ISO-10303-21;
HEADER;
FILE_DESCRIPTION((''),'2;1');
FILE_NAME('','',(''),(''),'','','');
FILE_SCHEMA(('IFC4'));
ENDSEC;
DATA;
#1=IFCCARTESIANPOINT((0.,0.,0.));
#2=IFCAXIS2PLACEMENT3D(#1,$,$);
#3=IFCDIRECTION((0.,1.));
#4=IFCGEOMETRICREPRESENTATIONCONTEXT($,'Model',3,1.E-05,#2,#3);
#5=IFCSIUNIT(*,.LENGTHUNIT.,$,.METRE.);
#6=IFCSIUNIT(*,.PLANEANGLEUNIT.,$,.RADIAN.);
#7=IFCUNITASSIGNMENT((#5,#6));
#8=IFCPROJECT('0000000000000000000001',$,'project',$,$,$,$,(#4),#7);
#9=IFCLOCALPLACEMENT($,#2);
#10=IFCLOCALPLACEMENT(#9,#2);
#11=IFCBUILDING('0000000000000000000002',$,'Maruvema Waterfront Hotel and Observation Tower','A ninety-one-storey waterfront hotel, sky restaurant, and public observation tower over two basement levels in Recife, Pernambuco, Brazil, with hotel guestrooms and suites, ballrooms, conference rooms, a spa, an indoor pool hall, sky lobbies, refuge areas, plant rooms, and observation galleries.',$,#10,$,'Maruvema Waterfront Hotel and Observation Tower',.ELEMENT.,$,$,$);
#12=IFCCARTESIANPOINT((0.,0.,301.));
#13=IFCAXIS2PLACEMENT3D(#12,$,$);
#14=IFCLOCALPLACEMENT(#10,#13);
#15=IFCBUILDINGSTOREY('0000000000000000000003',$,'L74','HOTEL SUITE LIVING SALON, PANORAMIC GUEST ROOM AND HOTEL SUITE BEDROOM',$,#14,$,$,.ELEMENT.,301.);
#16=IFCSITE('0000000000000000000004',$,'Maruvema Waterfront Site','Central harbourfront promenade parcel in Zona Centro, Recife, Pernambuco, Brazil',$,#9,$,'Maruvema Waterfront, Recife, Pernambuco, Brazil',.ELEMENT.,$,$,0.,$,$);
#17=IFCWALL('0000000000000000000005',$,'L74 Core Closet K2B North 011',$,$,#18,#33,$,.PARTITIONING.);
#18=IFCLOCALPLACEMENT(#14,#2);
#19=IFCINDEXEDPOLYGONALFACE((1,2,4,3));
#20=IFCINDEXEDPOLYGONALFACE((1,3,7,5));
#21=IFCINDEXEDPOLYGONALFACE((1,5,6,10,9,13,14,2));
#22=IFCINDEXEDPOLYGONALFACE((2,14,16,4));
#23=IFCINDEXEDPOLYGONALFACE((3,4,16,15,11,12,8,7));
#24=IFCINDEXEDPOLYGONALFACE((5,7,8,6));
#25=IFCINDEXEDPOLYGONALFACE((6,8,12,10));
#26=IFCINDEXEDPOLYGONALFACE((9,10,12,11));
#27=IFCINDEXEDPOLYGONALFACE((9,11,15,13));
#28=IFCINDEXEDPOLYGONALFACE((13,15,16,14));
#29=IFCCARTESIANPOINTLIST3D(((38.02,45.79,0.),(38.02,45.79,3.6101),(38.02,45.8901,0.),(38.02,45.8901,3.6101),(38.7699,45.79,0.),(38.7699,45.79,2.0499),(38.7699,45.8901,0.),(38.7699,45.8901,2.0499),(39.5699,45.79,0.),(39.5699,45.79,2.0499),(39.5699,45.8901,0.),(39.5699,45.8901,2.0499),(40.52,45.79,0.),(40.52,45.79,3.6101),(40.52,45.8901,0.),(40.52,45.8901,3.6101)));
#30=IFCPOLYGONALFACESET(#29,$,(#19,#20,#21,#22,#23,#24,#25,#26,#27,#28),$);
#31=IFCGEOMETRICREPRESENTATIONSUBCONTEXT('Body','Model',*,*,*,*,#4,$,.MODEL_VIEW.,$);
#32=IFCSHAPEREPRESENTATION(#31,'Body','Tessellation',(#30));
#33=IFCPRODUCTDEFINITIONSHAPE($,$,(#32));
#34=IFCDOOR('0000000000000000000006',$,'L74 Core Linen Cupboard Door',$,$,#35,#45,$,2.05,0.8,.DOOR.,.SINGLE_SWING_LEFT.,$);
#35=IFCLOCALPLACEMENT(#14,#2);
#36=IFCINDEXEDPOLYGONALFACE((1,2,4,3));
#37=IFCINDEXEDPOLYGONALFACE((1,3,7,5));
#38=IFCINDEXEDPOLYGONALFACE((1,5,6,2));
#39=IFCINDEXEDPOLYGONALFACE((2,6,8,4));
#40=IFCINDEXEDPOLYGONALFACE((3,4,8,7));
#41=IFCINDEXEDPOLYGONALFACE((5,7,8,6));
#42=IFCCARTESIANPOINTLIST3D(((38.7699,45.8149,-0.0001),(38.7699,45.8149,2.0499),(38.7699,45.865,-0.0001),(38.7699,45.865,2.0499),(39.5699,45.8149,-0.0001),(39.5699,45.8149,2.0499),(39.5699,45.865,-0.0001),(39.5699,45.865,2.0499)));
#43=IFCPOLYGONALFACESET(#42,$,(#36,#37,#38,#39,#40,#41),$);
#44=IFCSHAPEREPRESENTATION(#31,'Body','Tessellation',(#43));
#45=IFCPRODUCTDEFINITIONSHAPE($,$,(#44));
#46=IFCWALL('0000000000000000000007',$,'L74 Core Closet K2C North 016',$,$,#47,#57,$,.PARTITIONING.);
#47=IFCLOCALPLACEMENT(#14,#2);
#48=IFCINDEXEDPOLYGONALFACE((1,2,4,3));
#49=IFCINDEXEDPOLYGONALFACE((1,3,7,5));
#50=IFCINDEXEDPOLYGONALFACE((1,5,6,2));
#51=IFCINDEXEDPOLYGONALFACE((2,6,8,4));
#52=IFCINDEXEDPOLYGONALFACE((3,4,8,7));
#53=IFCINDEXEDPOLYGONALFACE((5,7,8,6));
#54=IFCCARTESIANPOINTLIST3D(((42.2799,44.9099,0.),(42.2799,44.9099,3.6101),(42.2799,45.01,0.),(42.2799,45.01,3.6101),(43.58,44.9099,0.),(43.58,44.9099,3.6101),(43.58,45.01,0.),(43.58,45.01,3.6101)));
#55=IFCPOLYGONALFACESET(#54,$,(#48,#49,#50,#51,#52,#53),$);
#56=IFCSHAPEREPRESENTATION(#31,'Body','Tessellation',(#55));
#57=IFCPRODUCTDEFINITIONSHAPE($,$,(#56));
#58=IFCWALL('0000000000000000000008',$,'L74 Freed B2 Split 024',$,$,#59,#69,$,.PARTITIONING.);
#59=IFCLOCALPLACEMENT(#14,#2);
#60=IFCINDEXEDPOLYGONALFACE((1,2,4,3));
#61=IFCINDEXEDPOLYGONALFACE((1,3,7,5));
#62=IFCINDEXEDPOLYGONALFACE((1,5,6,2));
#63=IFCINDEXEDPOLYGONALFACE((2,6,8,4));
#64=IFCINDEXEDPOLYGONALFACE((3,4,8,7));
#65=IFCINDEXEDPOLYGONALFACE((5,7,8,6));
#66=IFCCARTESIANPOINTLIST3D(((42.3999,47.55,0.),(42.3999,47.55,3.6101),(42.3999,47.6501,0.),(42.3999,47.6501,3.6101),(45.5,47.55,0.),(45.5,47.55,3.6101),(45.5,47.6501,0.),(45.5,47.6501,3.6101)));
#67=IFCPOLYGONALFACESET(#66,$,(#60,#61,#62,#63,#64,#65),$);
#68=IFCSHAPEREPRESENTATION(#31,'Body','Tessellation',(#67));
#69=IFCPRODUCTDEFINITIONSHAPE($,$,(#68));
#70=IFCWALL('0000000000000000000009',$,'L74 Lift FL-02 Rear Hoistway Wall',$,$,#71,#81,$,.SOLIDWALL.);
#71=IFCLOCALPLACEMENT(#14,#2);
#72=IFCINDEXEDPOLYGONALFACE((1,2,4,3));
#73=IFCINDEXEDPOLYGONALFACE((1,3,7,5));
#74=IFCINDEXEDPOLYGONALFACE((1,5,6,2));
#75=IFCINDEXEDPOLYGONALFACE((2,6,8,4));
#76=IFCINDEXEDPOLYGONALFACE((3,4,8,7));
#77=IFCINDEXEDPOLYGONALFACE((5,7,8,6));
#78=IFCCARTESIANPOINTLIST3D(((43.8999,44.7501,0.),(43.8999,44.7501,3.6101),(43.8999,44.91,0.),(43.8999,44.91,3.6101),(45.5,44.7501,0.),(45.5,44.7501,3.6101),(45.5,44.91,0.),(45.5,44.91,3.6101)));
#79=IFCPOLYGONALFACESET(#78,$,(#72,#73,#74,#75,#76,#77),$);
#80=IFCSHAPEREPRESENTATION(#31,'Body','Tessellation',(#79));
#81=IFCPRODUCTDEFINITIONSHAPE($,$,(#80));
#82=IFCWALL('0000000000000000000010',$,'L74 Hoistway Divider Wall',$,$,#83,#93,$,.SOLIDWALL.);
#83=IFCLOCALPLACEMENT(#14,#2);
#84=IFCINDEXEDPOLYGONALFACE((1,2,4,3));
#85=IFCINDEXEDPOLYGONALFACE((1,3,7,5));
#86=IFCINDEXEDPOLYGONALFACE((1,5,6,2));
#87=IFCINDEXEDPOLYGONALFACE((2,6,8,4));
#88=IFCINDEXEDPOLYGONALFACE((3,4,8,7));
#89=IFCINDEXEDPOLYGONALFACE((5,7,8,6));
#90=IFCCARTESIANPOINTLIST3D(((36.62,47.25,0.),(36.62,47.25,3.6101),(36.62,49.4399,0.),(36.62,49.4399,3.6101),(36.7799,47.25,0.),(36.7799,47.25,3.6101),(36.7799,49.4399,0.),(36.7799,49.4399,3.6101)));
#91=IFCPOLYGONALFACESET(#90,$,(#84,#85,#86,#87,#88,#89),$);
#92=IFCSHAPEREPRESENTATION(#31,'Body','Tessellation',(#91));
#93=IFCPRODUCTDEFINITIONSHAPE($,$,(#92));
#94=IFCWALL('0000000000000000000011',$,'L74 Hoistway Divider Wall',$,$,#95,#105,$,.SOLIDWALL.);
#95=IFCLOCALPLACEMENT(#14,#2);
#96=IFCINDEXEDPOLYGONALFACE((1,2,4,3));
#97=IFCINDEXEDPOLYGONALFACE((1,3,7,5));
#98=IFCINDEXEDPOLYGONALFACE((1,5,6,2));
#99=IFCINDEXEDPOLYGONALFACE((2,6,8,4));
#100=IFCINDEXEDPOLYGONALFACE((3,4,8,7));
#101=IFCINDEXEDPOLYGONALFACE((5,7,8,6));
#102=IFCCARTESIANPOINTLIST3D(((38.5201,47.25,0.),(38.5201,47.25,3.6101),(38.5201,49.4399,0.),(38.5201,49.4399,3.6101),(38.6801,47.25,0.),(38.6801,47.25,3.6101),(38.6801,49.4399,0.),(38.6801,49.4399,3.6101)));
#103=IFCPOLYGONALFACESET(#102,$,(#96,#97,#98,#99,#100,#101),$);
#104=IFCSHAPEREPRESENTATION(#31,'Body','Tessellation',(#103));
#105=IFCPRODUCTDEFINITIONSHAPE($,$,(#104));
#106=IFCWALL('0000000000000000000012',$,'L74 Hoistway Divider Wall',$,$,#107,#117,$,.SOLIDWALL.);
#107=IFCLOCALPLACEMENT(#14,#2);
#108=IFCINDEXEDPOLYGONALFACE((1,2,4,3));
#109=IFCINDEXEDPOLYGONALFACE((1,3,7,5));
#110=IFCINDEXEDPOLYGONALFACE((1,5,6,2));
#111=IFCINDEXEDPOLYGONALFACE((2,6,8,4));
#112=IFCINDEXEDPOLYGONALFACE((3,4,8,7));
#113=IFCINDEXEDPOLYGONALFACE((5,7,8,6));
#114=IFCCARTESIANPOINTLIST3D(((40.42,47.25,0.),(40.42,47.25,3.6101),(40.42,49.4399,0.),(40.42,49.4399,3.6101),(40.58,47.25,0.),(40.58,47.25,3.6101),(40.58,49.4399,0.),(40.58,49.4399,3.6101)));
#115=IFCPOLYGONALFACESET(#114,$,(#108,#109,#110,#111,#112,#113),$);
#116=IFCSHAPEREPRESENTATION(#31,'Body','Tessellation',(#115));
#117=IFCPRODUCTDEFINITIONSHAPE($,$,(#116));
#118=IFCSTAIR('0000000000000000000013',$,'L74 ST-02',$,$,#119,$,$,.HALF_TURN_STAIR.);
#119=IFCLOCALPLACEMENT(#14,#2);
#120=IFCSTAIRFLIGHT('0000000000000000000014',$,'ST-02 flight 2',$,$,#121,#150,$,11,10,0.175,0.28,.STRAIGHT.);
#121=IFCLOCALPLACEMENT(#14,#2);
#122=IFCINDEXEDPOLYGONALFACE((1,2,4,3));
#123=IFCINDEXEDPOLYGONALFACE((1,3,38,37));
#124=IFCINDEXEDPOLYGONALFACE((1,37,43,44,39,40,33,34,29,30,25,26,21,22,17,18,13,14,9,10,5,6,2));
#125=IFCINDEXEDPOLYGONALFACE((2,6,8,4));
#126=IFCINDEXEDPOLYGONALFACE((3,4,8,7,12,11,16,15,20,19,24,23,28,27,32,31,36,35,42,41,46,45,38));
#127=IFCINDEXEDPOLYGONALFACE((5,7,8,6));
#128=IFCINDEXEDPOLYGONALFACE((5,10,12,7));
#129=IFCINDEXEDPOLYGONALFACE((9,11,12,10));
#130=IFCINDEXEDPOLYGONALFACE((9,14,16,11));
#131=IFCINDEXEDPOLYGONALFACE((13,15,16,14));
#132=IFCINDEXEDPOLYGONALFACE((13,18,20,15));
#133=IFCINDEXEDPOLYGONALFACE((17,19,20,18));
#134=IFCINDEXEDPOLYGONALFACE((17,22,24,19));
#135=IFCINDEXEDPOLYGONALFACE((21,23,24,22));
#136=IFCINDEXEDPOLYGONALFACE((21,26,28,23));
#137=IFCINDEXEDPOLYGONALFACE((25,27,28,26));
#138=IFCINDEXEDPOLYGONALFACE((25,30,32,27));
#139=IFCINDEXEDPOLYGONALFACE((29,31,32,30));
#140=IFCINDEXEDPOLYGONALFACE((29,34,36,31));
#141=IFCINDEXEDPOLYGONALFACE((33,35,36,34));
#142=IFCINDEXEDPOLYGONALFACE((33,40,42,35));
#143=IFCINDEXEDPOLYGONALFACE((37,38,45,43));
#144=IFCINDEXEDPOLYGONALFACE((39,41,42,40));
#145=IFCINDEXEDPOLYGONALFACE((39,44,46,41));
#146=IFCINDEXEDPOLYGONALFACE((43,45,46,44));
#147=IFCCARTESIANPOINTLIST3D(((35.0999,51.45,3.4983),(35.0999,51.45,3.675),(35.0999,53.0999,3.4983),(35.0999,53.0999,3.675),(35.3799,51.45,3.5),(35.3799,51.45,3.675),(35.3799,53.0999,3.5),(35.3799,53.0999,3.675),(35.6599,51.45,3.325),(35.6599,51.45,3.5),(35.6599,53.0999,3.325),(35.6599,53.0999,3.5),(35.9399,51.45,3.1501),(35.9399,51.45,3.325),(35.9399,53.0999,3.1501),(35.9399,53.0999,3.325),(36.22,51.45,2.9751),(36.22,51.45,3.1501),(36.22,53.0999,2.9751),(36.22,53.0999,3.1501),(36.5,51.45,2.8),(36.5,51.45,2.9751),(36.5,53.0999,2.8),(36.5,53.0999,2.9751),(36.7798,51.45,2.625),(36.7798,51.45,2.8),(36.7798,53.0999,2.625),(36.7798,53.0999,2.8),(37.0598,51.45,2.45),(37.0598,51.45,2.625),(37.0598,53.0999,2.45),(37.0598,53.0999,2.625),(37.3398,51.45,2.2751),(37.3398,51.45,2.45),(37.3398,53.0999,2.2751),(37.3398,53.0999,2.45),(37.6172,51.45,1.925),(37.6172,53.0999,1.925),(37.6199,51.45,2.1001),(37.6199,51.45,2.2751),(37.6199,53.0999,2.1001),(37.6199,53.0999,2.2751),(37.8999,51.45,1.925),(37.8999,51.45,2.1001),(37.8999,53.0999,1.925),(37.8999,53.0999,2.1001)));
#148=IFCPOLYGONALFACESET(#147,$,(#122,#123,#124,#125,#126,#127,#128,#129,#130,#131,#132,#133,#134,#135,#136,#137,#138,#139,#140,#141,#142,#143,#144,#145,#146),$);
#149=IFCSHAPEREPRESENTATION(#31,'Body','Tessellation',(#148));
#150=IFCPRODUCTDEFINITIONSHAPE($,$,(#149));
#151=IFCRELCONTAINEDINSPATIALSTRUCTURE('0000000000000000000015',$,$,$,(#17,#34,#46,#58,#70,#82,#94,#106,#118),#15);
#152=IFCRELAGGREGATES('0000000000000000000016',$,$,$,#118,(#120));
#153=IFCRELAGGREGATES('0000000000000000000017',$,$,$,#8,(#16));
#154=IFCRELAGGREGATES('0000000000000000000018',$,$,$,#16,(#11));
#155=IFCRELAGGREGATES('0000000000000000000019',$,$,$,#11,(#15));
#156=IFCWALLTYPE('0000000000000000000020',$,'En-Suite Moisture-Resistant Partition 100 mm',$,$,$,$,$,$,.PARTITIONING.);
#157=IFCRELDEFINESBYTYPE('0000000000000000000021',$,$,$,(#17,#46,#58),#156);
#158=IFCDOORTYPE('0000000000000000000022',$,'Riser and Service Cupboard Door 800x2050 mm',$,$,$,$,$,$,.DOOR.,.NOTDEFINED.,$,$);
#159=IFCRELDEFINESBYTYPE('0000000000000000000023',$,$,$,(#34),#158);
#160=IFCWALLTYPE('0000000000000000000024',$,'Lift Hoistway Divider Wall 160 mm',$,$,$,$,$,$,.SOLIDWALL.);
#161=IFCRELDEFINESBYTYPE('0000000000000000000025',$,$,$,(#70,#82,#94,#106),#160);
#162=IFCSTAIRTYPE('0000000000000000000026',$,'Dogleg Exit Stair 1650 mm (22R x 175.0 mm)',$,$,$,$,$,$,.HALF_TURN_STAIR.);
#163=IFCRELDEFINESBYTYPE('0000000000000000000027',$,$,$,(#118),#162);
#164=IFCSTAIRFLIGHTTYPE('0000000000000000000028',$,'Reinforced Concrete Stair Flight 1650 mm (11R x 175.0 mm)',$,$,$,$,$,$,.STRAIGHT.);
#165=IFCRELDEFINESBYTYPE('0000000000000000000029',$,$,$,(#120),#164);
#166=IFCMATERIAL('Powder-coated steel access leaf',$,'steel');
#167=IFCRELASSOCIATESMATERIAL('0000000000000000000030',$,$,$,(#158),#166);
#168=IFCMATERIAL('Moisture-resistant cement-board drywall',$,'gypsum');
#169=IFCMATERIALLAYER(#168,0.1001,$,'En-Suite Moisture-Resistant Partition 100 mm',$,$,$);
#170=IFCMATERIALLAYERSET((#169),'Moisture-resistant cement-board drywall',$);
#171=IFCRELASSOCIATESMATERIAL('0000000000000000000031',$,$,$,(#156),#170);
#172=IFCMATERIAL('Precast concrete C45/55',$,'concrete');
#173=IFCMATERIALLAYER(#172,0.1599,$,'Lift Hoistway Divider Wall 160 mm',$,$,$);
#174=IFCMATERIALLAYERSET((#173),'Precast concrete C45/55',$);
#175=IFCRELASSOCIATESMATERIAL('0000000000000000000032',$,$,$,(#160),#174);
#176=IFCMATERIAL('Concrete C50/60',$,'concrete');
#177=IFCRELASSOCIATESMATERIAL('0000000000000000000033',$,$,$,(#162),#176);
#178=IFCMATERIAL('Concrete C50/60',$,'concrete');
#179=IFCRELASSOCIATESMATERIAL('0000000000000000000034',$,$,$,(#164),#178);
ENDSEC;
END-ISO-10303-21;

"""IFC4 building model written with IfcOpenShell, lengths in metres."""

from ifc_helpers import new_model, si_unit, direction, frame, frame_2d, origin, place, context, subcontext, project, spatial, polyline, rectangle, outline, extrude, material, layer, layer_set, type_object, element, fill, aggregate, save


model = new_model("IFC4")

# Units and contexts
model_context = context("Model", 3, precision=1e-05, world=origin(), true_north=direction((0.0, 1.0)))
body_context = subcontext(model_context, "Body", "Model", "MODEL_VIEW")
ifc_project = project(units=[si_unit("LENGTHUNIT", "METRE"), si_unit("PLANEANGLEUNIT", "RADIAN")], contexts=[model_context])

# Site, building, storey
site_placement = place(None, origin())
site = spatial("IfcSite", under=ifc_project, at=site_placement, Name="Maruvema Waterfront Site", Description="Central harbourfront promenade parcel in Zona Centro, Recife, Pernambuco, Brazil", LongName="Maruvema Waterfront, Recife, Pernambuco, Brazil", CompositionType="ELEMENT", RefElevation=0.0)
building_placement = place(site_placement, origin())
building = spatial("IfcBuilding", under=site, at=building_placement, Name="Maruvema Waterfront Hotel and Observation Tower", Description="A ninety-one-storey waterfront hotel, sky restaurant, and public observation tower over two basement levels in Recife, Pernambuco, Brazil, with hotel guestrooms and suites, ballrooms, conference rooms, a spa, an indoor pool hall, sky lobbies, refuge areas, plant rooms, and observation galleries.", LongName="Maruvema Waterfront Hotel and Observation Tower", CompositionType="ELEMENT")
storey_placement = place(building_placement, frame((0.0, 0.0, 301.0)))
storey = spatial("IfcBuildingStorey", under=building, at=storey_placement, Name="L74", Description="HOTEL SUITE LIVING SALON, PANORAMIC GUEST ROOM AND HOTEL SUITE BEDROOM", CompositionType="ELEMENT", Elevation=301.0)

# Shared definitions
ifc_material_1 = material(Name="Powder-coated steel access leaf", Category="steel")
door_type = type_object("IfcDoorType", Name="Riser and Service Cupboard Door 800x2050 mm", OperationType="NOTDEFINED", PredefinedType="DOOR", material=ifc_material_1)

# Wall, opening, door
ifc_material_2 = material(Name="Moisture-resistant cement-board drywall", Category="gypsum")
ifc_layer_1 = layer(ifc_material_2, 0.1001, Name="En-Suite Moisture-Resistant Partition 100 mm")
ifc_layer_set_1 = layer_set([ifc_layer_1], Name="Moisture-resistant cement-board drywall")
wall_type_1 = type_object("IfcWallType", Name="En-Suite Moisture-Resistant Partition 100 mm", PredefinedType="PARTITIONING", material=ifc_layer_set_1)
wall_1_placement = place(storey_placement, frame((38.02, 45.8401, 0.0), z_axis=(0.0, 0.0, 1.0), x_axis=(1.0, 0.0, 0.0)))
wall_1 = element("IfcWall", 1, at=wall_1_placement, inside=storey, type_object=wall_type_1, Name="L74 Core Closet K2B North 011", PredefinedType="PARTITIONING", context=body_context, shape_type="SweptSolid", body=[
    extrude(rectangle(XDim=2.5, YDim=0.1001, at=frame_2d((1.25, 0.0))), origin(), (0.0, 0.0, 1.0), 3.6101),
])
opening_1_placement = place(wall_1_placement, frame((0.75, 0.0, 0.0)))
opening_1 = element("IfcOpeningElement", 2, at=opening_1_placement, cuts=wall_1, PredefinedType="OPENING", context=body_context, shape_type="SweptSolid", body=[
    extrude(rectangle(XDim=0.8, YDim=2.05, at=frame_2d((0.3999, 1.0249))), frame((0.0, 0.0601, 0.0), z_axis=(0.0, -1.0, 0.0), x_axis=(1.0, 0.0, 0.0)), (0.0, 0.0, 1.0), 0.1201),
])
door_1_placement = place(opening_1_placement, origin())
door_1 = element("IfcDoor", 3, at=door_1_placement, inside=storey, type_object=door_type, Name="L74 Core Linen Cupboard Door", OperationType="SINGLE_SWING_LEFT", OverallHeight=2.05, OverallWidth=0.8, PredefinedType="DOOR", context=body_context, shape_type="SweptSolid", body=[
    extrude(rectangle(XDim=0.8, YDim=2.05, at=frame_2d((0.3999, 1.0249))), frame((0.0, 0.0249, 0.0), z_axis=(0.0, -1.0, 0.0), x_axis=(1.0, 0.0, 0.0)), (0.0, 0.0, 1.0), 0.05),
])
fill(opening_1, door_1)

# Walls
wall_2_placement = place(storey_placement, frame((42.28, 44.96, 0.0), z_axis=(0.0, 0.0, 1.0), x_axis=(1.0, 0.0, 0.0)))
element("IfcWall", 4, at=wall_2_placement, inside=storey, type_object=wall_type_1, Name="L74 Core Closet K2C North 016", PredefinedType="PARTITIONING", context=body_context, shape_type="SweptSolid", body=[
    extrude(rectangle(XDim=1.3, YDim=0.1001, at=frame_2d((0.6499, 0.0))), origin(), (0.0, 0.0, 1.0), 3.6101),
])
wall_3_placement = place(storey_placement, frame((42.3999, 47.6001, 0.0), z_axis=(0.0, 0.0, 1.0), x_axis=(1.0, 0.0, 0.0)))
element("IfcWall", 5, at=wall_3_placement, inside=storey, type_object=wall_type_1, Name="L74 Freed B2 Split 024", PredefinedType="PARTITIONING", context=body_context, shape_type="SweptSolid", body=[
    extrude(rectangle(XDim=3.1001, YDim=0.1001, at=frame_2d((1.55, 0.0))), origin(), (0.0, 0.0, 1.0), 3.6101),
])
ifc_material_3 = material(Name="Precast concrete C45/55", Category="concrete")
ifc_layer_2 = layer(ifc_material_3, 0.1599, Name="Lift Hoistway Divider Wall 160 mm")
ifc_layer_set_2 = layer_set([ifc_layer_2], Name="Precast concrete C45/55")
wall_type_2 = type_object("IfcWallType", Name="Lift Hoistway Divider Wall 160 mm", PredefinedType="SOLIDWALL", material=ifc_layer_set_2)
wall_4_placement = place(storey_placement, frame((43.8999, 44.8301, 0.0), z_axis=(0.0, 0.0, 1.0), x_axis=(1.0, 0.0, 0.0)))
element("IfcWall", 6, at=wall_4_placement, inside=storey, type_object=wall_type_2, Name="L74 Lift FL-02 Rear Hoistway Wall", PredefinedType="SOLIDWALL", context=body_context, shape_type="SweptSolid", body=[
    extrude(rectangle(XDim=1.6001, YDim=0.1599, at=frame_2d((0.8, 0.0))), origin(), (0.0, 0.0, 1.0), 3.6101),
])
for number, where, z_axis, x_axis, name in (
    (7, (36.7, 47.25, 0.0), (0.0, 0.0, 1.0), (0.0, 1.0, 0.0), "L74 Hoistway Divider Wall"),
    (8, (38.6001, 47.25, 0.0), (0.0, 0.0, 1.0), (0.0, 1.0, 0.0), "L74 Hoistway Divider Wall"),
    (9, (40.5, 47.25, 0.0), (0.0, 0.0, 1.0), (0.0, 1.0, 0.0), "L74 Hoistway Divider Wall"),
):
    element("IfcWall", number, at=place(storey_placement, frame(where, z_axis=z_axis, x_axis=x_axis)), inside=storey, type_object=wall_type_2, Name=name, PredefinedType="SOLIDWALL", context=body_context, shape_type="SweptSolid", body=[
        extrude(rectangle(XDim=2.1899, YDim=0.1599, at=frame_2d((1.095, 0.0))), origin(), (0.0, 0.0, 1.0), 3.6101),
    ])

# Stair, stair flight
ifc_material_4 = material(Name="Concrete C50/60", Category="concrete")
stair_type = type_object("IfcStairType", Name="Dogleg Exit Stair 1650 mm (22R x 175.0 mm)", PredefinedType="HALF_TURN_STAIR", material=ifc_material_4)
stair_placement = place(storey_placement, origin())
stair = element("IfcStair", 10, at=stair_placement, inside=storey, type_object=stair_type, Name="L74 ST-02", PredefinedType="HALF_TURN_STAIR")
ifc_material_5 = material(Name="Concrete C50/60", Category="concrete")
stair_flight_type = type_object("IfcStairFlightType", Name="Reinforced Concrete Stair Flight 1650 mm (11R x 175.0 mm)", PredefinedType="STRAIGHT", material=ifc_material_5)
stair_flight_placement = place(storey_placement, frame((37.8999, 52.2749, 1.925), z_axis=(0.0, 0.0, 1.0), x_axis=(-1.0, 0.0, 0.0)))
stair_flight = element("IfcStairFlight", 11, at=stair_flight_placement, type_object=stair_flight_type, Name="ST-02 flight 2", NumberOfRisers=11, NumberOfTreads=10, PredefinedType="STRAIGHT", RiserHeight=0.175, TreadLength=0.28, context=body_context, shape_type="SweptSolid", body=[
    extrude(outline(polyline([(0.0, 0.0), (0.0, 0.175), (0.28, 0.175), (0.28, 0.3501), (0.5601, 0.3501), (0.5601, 0.5249), (0.8401, 0.5249), (0.8401, 0.7), (1.1201, 0.7), (1.1201, 0.875), (1.3999, 0.875), (1.3999, 1.05), (1.6799, 1.05), (1.6799, 1.2251), (1.96, 1.2251), (1.96, 1.3999), (2.24, 1.3999), (2.24, 1.575), (2.52, 1.575), (2.52, 1.75), (2.8, 1.75), (2.8, 1.925), (2.8, 1.5732), (0.2827, 0.0), (0.0, 0.0)])), frame((0.0, 0.825, 0.0), z_axis=(0.0, -1.0, 0.0), x_axis=(1.0, 0.0, 0.0)), (0.0, 0.0, 1.0), 1.6499),
])
aggregate(stair, [stair_flight])

save(model, "model.ifc")
